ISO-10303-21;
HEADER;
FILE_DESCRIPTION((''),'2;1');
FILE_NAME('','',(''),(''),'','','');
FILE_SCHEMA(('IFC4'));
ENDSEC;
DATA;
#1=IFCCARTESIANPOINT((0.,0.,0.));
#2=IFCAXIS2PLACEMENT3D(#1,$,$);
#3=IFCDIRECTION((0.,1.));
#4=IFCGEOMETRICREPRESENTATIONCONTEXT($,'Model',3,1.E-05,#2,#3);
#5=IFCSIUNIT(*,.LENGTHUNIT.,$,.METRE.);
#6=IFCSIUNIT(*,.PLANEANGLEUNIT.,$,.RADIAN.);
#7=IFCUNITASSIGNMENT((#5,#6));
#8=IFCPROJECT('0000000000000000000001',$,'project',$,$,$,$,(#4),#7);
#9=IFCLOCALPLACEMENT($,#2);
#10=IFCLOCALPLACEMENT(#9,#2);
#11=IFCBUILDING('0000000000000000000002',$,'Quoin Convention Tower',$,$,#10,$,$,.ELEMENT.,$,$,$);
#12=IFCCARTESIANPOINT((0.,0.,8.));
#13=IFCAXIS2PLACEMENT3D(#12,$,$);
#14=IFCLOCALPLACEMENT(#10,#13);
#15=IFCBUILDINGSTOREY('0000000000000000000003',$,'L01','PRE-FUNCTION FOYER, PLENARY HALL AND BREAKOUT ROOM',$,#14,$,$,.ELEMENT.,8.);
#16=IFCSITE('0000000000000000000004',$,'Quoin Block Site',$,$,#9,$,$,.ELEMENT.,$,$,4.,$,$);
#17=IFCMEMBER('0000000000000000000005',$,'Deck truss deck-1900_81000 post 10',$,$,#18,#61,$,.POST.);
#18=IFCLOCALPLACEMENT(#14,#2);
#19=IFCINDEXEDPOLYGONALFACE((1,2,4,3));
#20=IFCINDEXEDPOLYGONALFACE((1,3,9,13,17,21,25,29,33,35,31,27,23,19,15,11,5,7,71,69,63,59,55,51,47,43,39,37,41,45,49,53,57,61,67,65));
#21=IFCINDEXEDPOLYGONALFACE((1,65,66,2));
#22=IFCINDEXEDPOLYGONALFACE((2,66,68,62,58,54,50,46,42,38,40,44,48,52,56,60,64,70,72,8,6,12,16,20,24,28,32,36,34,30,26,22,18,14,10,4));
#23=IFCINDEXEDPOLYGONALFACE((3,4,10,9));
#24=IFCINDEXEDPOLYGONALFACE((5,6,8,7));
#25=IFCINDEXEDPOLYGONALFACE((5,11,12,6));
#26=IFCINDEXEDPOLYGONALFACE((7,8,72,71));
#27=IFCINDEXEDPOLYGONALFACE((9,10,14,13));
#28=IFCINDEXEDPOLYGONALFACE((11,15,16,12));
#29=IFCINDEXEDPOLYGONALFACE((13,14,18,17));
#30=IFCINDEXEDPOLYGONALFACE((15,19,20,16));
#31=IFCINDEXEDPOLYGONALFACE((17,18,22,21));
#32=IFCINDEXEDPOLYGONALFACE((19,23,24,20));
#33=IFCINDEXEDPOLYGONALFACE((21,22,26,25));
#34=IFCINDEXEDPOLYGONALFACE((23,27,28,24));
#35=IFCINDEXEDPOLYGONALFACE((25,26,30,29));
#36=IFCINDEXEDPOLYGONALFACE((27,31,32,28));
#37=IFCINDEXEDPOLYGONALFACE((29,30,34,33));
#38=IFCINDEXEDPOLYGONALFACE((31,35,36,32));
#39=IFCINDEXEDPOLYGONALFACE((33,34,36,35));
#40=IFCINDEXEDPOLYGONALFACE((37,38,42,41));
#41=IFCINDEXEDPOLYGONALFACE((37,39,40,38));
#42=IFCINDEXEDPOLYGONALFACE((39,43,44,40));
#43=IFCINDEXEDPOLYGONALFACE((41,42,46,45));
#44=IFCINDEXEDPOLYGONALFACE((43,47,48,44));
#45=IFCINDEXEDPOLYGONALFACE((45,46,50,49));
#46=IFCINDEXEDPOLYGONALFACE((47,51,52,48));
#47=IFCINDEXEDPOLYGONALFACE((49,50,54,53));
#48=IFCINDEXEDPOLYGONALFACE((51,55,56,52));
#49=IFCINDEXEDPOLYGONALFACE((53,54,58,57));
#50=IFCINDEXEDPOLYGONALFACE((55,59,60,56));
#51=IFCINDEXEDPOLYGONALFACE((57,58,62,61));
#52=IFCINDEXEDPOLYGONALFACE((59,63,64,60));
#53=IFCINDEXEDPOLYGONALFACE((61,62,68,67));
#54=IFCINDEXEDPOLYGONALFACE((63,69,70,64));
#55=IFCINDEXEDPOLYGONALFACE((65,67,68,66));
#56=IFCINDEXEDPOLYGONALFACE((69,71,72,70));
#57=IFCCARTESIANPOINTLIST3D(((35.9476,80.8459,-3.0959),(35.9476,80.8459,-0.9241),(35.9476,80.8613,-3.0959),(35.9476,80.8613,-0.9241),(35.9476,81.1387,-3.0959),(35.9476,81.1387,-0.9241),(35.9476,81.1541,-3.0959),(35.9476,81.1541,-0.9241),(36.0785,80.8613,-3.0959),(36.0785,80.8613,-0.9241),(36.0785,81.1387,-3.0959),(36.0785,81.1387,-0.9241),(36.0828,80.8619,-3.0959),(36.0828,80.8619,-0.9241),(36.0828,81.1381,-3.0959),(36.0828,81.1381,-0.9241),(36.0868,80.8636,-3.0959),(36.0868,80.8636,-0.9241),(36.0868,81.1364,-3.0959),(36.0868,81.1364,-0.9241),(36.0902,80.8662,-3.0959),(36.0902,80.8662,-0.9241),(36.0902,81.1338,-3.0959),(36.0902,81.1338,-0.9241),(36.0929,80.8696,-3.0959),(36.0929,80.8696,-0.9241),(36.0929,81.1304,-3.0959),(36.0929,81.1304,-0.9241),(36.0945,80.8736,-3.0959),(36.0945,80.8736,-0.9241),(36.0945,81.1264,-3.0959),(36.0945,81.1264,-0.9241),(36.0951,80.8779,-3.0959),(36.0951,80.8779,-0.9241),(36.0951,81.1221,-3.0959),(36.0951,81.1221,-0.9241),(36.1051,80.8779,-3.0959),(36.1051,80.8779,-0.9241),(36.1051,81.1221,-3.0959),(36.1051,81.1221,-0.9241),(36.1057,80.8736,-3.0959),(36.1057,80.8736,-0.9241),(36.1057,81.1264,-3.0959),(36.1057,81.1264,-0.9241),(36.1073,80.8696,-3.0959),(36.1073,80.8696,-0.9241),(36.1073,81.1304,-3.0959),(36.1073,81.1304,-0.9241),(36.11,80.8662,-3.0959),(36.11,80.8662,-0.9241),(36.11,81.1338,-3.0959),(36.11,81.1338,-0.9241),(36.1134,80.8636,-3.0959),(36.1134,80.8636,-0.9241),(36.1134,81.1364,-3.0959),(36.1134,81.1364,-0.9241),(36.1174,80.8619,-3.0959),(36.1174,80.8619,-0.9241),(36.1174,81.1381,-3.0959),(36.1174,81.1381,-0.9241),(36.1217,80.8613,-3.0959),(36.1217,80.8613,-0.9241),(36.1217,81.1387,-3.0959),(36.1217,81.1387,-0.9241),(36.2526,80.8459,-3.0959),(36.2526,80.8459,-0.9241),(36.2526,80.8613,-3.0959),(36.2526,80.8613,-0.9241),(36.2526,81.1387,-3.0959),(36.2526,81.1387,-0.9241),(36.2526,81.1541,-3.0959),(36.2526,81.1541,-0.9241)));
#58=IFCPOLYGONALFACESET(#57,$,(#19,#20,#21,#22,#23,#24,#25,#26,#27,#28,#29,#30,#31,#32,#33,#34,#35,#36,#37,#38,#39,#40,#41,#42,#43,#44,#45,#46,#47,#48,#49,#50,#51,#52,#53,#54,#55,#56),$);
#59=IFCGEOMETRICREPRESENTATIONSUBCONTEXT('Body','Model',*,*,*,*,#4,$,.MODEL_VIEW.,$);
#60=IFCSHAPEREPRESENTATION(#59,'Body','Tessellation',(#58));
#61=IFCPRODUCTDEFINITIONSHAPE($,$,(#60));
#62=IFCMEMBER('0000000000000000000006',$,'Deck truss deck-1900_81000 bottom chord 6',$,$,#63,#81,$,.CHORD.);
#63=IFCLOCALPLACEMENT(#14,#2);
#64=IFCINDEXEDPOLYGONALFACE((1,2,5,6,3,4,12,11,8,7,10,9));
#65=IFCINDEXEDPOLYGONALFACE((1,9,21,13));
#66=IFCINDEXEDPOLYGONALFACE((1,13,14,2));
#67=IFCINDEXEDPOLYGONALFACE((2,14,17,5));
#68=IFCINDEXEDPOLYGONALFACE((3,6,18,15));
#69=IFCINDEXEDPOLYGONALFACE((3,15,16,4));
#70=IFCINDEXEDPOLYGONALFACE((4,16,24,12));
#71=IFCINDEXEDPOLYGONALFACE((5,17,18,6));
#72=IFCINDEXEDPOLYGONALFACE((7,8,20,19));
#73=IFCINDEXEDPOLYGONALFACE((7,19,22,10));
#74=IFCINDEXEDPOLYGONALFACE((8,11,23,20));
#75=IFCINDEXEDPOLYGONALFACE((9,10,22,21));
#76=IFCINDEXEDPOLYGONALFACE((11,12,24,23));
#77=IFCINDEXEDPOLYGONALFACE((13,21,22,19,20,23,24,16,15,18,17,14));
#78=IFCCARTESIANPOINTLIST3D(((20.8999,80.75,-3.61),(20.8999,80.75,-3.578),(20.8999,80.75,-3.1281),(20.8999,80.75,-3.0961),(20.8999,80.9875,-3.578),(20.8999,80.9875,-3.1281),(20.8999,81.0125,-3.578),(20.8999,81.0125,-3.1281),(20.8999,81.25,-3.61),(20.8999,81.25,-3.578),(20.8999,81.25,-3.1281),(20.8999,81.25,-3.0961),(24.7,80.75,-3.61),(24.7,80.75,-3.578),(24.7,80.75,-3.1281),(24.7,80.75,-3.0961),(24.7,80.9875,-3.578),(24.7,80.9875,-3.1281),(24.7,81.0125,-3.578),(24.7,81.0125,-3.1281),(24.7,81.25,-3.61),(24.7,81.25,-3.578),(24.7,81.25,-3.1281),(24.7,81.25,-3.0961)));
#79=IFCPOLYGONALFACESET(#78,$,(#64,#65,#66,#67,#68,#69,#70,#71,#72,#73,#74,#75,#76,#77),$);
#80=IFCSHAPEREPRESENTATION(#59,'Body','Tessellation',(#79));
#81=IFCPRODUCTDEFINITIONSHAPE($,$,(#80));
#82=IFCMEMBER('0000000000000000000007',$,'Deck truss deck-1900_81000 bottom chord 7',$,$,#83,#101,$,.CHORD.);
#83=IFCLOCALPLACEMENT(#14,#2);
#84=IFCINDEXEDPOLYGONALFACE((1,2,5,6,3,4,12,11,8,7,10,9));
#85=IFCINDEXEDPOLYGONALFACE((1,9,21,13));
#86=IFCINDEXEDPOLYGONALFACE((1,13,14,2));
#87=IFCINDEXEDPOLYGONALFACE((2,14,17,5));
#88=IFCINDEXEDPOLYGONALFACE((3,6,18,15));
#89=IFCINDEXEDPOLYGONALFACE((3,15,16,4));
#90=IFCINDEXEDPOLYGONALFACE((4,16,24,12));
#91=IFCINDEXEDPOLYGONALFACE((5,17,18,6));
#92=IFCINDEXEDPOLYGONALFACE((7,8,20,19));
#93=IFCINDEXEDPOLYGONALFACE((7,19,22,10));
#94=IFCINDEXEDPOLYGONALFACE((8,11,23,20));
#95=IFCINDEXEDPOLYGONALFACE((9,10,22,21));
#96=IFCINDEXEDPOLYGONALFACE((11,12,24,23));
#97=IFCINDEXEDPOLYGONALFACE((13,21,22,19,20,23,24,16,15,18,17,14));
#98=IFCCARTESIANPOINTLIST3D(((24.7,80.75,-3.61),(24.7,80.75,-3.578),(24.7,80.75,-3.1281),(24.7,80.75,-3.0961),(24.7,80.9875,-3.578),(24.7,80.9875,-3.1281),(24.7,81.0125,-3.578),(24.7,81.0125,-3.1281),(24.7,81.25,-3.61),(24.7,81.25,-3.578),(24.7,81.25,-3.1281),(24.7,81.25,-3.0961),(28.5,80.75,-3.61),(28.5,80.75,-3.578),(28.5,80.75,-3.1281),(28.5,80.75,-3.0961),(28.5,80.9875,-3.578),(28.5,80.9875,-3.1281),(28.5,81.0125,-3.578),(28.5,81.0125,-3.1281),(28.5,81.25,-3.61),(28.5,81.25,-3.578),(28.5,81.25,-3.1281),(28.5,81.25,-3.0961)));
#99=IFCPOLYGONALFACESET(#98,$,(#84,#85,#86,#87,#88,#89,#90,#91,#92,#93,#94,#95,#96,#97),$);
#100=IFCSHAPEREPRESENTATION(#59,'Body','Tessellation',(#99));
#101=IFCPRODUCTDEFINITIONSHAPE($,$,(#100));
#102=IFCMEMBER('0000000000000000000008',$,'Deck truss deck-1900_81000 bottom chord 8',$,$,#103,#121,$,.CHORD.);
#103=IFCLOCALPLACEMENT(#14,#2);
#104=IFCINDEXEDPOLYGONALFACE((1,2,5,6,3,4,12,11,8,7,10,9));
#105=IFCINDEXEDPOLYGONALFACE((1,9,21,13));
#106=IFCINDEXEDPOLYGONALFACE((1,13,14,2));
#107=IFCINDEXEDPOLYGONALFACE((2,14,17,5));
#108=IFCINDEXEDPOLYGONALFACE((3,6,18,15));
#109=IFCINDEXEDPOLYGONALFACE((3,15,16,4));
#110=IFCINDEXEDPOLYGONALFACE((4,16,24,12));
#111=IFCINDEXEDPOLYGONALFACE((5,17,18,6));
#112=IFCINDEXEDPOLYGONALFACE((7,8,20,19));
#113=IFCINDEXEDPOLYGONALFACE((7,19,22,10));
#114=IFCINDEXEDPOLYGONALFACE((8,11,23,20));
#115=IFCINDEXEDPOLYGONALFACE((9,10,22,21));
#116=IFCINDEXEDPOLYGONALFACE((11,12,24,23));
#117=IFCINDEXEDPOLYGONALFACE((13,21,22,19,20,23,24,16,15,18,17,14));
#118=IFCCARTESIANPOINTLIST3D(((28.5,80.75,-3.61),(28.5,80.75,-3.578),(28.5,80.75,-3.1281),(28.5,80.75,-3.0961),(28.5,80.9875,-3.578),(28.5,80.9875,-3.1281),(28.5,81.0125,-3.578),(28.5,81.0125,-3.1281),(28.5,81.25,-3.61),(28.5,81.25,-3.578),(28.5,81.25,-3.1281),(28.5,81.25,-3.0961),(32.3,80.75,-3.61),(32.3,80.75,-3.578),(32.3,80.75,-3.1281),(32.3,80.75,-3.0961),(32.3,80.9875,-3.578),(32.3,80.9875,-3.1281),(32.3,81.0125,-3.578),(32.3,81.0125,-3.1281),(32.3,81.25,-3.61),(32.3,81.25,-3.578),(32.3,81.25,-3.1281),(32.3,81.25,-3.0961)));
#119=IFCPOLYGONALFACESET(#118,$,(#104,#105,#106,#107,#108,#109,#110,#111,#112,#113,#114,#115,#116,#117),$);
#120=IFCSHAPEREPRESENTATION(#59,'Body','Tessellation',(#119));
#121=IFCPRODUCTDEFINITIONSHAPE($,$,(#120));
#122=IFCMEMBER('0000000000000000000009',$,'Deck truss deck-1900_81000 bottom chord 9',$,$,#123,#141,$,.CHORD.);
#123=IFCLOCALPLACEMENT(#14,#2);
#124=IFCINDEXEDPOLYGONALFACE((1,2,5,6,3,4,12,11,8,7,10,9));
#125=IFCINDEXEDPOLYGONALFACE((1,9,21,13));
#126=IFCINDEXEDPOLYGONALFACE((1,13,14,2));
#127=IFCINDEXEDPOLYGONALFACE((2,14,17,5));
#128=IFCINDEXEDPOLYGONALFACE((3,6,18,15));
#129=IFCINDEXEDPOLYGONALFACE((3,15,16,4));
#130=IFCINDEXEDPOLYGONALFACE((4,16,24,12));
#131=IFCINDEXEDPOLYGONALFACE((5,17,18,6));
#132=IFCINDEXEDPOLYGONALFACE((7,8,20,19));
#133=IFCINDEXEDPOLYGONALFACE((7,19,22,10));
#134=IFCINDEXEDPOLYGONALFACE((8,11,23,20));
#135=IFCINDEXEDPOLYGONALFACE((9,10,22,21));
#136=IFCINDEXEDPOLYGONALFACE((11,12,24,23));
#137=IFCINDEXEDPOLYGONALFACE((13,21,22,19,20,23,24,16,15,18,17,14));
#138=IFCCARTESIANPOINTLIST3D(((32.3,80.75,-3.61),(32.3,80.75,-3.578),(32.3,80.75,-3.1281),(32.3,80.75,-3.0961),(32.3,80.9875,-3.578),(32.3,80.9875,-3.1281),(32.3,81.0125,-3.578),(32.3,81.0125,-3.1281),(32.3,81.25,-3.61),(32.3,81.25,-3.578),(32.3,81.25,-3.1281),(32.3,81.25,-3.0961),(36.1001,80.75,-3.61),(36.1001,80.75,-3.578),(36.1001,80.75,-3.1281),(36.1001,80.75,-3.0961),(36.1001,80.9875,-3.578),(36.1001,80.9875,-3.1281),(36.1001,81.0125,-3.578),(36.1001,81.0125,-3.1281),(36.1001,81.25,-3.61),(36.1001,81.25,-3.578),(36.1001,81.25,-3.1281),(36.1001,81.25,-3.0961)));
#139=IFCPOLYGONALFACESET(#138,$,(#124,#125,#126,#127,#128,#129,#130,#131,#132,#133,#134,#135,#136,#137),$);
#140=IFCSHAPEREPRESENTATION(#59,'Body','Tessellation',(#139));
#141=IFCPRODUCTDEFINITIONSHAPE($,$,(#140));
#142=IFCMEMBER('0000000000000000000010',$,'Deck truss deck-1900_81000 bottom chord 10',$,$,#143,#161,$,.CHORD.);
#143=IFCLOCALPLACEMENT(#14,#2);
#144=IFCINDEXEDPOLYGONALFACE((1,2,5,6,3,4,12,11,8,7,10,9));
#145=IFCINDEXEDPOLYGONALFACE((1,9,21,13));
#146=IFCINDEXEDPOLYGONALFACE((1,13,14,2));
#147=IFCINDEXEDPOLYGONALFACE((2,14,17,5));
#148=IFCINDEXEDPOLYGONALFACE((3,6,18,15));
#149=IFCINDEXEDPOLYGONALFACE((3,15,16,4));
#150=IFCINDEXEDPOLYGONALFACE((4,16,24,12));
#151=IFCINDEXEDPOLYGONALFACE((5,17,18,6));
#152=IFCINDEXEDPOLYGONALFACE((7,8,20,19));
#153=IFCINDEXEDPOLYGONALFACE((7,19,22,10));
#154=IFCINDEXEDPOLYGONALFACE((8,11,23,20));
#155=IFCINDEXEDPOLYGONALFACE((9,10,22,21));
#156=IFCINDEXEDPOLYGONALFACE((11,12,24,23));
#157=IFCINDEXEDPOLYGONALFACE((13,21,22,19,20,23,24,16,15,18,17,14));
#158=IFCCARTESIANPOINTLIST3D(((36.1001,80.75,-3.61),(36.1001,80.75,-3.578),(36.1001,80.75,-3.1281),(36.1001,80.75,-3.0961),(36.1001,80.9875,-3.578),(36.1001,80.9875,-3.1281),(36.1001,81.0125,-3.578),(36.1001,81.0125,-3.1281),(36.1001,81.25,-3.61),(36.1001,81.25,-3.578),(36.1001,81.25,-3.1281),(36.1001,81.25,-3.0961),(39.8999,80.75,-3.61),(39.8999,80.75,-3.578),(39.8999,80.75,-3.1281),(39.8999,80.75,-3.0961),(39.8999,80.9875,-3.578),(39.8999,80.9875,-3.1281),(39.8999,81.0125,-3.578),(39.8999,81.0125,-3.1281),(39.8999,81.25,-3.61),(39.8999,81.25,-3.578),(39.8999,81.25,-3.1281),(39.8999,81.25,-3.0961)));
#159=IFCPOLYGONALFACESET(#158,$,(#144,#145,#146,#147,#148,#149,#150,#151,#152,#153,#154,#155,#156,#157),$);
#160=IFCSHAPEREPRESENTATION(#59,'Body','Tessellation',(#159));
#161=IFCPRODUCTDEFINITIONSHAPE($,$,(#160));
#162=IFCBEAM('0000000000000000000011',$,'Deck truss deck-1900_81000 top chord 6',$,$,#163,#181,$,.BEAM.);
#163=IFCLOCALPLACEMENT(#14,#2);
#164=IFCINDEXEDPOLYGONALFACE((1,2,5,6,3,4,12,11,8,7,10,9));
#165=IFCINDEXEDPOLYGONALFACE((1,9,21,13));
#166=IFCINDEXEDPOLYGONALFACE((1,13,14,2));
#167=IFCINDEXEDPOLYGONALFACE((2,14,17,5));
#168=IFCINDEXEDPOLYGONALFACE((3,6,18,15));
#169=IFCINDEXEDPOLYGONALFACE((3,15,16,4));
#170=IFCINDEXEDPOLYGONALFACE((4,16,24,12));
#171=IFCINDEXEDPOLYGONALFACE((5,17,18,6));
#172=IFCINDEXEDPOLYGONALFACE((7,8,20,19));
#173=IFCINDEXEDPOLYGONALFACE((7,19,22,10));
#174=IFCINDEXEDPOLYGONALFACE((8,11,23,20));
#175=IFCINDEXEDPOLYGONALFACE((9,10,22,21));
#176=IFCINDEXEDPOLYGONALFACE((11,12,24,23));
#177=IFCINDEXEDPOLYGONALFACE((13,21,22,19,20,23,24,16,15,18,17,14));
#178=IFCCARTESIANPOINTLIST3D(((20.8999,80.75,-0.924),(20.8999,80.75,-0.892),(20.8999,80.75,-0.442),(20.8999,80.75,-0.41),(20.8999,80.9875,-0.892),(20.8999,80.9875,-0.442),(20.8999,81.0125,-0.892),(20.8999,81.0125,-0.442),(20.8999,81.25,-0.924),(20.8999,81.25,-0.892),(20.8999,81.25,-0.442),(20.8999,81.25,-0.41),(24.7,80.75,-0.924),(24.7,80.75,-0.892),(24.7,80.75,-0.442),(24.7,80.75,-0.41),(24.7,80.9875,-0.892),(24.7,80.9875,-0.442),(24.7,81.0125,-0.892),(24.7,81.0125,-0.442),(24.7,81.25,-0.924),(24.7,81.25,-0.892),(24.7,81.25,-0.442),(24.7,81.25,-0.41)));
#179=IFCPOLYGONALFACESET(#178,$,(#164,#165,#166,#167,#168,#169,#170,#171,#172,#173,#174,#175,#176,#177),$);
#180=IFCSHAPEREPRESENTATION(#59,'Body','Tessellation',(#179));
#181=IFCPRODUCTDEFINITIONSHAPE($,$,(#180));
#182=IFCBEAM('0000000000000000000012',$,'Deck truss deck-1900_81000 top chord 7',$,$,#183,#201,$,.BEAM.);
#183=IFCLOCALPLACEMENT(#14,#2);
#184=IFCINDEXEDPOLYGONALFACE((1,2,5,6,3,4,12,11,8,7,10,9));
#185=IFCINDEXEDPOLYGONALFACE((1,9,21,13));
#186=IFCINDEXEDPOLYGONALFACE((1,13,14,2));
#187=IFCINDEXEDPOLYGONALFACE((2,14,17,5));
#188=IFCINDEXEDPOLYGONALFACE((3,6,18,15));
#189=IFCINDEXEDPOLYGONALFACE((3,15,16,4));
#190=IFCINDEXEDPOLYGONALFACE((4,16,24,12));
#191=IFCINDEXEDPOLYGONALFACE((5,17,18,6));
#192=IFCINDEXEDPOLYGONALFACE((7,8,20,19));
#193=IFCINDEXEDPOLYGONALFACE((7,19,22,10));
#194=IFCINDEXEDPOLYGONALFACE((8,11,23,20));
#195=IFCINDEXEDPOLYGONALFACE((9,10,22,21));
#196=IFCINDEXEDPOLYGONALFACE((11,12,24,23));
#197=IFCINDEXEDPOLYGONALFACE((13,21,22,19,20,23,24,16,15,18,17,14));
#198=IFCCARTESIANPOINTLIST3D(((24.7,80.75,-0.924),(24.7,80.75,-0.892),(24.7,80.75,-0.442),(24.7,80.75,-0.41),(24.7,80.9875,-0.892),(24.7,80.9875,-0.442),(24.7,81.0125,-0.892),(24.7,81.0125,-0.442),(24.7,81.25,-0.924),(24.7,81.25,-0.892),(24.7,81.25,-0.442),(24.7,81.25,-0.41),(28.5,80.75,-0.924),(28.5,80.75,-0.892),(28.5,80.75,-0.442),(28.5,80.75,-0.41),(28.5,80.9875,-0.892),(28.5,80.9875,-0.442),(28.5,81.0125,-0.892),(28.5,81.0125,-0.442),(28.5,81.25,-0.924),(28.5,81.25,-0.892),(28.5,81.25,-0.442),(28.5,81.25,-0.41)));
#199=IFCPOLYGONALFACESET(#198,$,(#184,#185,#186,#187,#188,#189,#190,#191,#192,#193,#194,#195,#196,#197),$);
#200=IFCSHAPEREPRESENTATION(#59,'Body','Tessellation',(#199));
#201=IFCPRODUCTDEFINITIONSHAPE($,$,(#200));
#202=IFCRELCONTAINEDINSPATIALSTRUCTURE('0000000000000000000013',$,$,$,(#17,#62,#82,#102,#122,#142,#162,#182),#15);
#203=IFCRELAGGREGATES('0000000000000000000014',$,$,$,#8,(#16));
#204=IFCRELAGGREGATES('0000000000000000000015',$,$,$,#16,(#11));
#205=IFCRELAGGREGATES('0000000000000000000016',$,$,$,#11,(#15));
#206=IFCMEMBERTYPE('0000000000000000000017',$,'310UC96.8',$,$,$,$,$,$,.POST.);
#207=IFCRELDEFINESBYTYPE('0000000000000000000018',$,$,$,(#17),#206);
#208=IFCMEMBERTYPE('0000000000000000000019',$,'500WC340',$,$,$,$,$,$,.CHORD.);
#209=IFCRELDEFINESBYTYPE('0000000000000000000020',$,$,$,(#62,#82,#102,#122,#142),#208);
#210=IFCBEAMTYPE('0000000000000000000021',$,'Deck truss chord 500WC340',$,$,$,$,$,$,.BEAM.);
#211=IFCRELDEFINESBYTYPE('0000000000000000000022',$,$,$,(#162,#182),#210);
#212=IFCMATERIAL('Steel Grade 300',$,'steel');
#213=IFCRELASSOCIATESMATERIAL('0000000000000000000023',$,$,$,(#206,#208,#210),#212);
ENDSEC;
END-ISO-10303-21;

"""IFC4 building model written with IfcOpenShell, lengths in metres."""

from ifc_helpers import new_model, si_unit, direction, frame, origin, origin_2d, place, context, subcontext, project, spatial, i_section, extrude, material, material_profile, profile_set, type_object, element, save


model = new_model("IFC4")

# Units and contexts
model_context = context("Model", 3, precision=1e-05, world=origin(), true_north=direction((0.0, 1.0)))
body_context = subcontext(model_context, "Body", "Model", "MODEL_VIEW")
ifc_project = project(units=[si_unit("LENGTHUNIT", "METRE"), si_unit("PLANEANGLEUNIT", "RADIAN")], contexts=[model_context])

# Site, building, storey
site_placement = place(None, origin())
site = spatial("IfcSite", under=ifc_project, at=site_placement, Name="Quoin Block Site", CompositionType="ELEMENT", RefElevation=4.0)
building_placement = place(site_placement, origin())
building = spatial("IfcBuilding", under=site, at=building_placement, Name="Quoin Convention Tower", CompositionType="ELEMENT")
storey_placement = place(building_placement, frame((0.0, 0.0, 8.0)))
storey = spatial("IfcBuildingStorey", under=building, at=storey_placement, Name="L01", Description="PRE-FUNCTION FOYER, PLENARY HALL AND BREAKOUT ROOM", CompositionType="ELEMENT", Elevation=8.0)

# Shared definitions
ifc_material_1 = material(Name="Steel Grade 300", Category="steel")

# Members
ifc_material_profile_1 = material_profile(ifc_material_1, i_section(OverallWidth=0.3049, OverallDepth=0.3081, WebThickness=0.01, FlangeThickness=0.0154, FilletRadius=0.0166, at=origin_2d()), Name="310UC96.8")
ifc_profile_set_1 = profile_set([ifc_material_profile_1], Name="Steel Grade 300")
member_type_1 = type_object("IfcMemberType", Name="310UC96.8", PredefinedType="POST", material=ifc_profile_set_1)
for number, where, z_axis, x_axis, name in (
    (1, (36.1001, 81.0, -3.0959), (0.0, 0.0, 1.0), (1.0, 0.0, 0.0), "Deck truss deck-1900_81000 post 10"),
):
    element("IfcMember", number, at=place(storey_placement, frame(where, z_axis=z_axis, x_axis=x_axis)), inside=storey, type_object=member_type_1, Name=name, PredefinedType="POST", context=body_context, shape_type="SweptSolid", body=[
        extrude(i_section(OverallWidth=0.3049, OverallDepth=0.3081, WebThickness=0.01, FlangeThickness=0.0154, FilletRadius=0.0166, at=origin_2d()), origin(), (0.0, 0.0, 1.0), 2.1719),
    ])
ifc_material_profile_2 = material_profile(ifc_material_1, i_section(OverallWidth=0.5, OverallDepth=0.5139, WebThickness=0.0249, FlangeThickness=0.032, at=origin_2d()), Name="500WC340")
ifc_profile_set_2 = profile_set([ifc_material_profile_2], Name="Steel Grade 300")
member_type_2 = type_object("IfcMemberType", Name="500WC340", PredefinedType="CHORD", material=ifc_profile_set_2)
for number, where, z_axis, x_axis, name in (
    (2, (20.8999, 81.0, -3.353), (1.0, 0.0, 0.0), (0.0, 1.0, 0.0), "Deck truss deck-1900_81000 bottom chord 6"),
    (3, (24.7, 81.0, -3.353), (1.0, 0.0, 0.0), (0.0, 1.0, 0.0), "Deck truss deck-1900_81000 bottom chord 7"),
    (4, (28.5, 81.0, -3.353), (1.0, 0.0, 0.0), (0.0, 1.0, 0.0), "Deck truss deck-1900_81000 bottom chord 8"),
    (5, (32.3, 81.0, -3.353), (1.0, 0.0, 0.0), (0.0, 1.0, 0.0), "Deck truss deck-1900_81000 bottom chord 9"),
):
    element("IfcMember", number, at=place(storey_placement, frame(where, z_axis=z_axis, x_axis=x_axis)), inside=storey, type_object=member_type_2, Name=name, PredefinedType="CHORD", context=body_context, shape_type="SweptSolid", body=[
        extrude(i_section(OverallWidth=0.5, OverallDepth=0.5139, WebThickness=0.0249, FlangeThickness=0.032, at=origin_2d()), origin(), (0.0, 0.0, 1.0), 3.8),
    ])
member_1_placement = place(storey_placement, frame((36.1001, 81.0, -3.353), z_axis=(1.0, 0.0, 0.0), x_axis=(0.0, 1.0, 0.0)))
element("IfcMember", 6, at=member_1_placement, inside=storey, type_object=member_type_2, Name="Deck truss deck-1900_81000 bottom chord 10", PredefinedType="CHORD", context=body_context, shape_type="SweptSolid", body=[
    extrude(i_section(OverallWidth=0.5, OverallDepth=0.5139, WebThickness=0.0249, FlangeThickness=0.032, at=origin_2d()), origin(), (0.0, 0.0, 1.0), 3.7998),
])

# Beams
ifc_material_profile_3 = material_profile(ifc_material_1, i_section(OverallWidth=0.5, OverallDepth=0.5139, WebThickness=0.0249, FlangeThickness=0.032, at=origin_2d()), Name="500WC340")
ifc_profile_set_3 = profile_set([ifc_material_profile_3], Name="Steel Grade 300")
beam_type_1 = type_object("IfcBeamType", Name="Deck truss chord 500WC340", PredefinedType="BEAM", material=ifc_profile_set_3)
for number, where, z_axis, x_axis, name in (
    (7, (20.8999, 81.0, -0.667), (1.0, 0.0, 0.0), (0.0, 1.0, 0.0), "Deck truss deck-1900_81000 top chord 6"),
    (8, (24.7, 81.0, -0.667), (1.0, 0.0, 0.0), (0.0, 1.0, 0.0), "Deck truss deck-1900_81000 top chord 7"),
):
    element("IfcBeam", number, at=place(storey_placement, frame(where, z_axis=z_axis, x_axis=x_axis)), inside=storey, type_object=beam_type_1, Name=name, PredefinedType="BEAM", context=body_context, shape_type="SweptSolid", body=[
        extrude(i_section(OverallWidth=0.5, OverallDepth=0.5139, WebThickness=0.0249, FlangeThickness=0.032, at=origin_2d()), origin(), (0.0, 0.0, 1.0), 3.8),
    ])

save(model, "model.ifc")
